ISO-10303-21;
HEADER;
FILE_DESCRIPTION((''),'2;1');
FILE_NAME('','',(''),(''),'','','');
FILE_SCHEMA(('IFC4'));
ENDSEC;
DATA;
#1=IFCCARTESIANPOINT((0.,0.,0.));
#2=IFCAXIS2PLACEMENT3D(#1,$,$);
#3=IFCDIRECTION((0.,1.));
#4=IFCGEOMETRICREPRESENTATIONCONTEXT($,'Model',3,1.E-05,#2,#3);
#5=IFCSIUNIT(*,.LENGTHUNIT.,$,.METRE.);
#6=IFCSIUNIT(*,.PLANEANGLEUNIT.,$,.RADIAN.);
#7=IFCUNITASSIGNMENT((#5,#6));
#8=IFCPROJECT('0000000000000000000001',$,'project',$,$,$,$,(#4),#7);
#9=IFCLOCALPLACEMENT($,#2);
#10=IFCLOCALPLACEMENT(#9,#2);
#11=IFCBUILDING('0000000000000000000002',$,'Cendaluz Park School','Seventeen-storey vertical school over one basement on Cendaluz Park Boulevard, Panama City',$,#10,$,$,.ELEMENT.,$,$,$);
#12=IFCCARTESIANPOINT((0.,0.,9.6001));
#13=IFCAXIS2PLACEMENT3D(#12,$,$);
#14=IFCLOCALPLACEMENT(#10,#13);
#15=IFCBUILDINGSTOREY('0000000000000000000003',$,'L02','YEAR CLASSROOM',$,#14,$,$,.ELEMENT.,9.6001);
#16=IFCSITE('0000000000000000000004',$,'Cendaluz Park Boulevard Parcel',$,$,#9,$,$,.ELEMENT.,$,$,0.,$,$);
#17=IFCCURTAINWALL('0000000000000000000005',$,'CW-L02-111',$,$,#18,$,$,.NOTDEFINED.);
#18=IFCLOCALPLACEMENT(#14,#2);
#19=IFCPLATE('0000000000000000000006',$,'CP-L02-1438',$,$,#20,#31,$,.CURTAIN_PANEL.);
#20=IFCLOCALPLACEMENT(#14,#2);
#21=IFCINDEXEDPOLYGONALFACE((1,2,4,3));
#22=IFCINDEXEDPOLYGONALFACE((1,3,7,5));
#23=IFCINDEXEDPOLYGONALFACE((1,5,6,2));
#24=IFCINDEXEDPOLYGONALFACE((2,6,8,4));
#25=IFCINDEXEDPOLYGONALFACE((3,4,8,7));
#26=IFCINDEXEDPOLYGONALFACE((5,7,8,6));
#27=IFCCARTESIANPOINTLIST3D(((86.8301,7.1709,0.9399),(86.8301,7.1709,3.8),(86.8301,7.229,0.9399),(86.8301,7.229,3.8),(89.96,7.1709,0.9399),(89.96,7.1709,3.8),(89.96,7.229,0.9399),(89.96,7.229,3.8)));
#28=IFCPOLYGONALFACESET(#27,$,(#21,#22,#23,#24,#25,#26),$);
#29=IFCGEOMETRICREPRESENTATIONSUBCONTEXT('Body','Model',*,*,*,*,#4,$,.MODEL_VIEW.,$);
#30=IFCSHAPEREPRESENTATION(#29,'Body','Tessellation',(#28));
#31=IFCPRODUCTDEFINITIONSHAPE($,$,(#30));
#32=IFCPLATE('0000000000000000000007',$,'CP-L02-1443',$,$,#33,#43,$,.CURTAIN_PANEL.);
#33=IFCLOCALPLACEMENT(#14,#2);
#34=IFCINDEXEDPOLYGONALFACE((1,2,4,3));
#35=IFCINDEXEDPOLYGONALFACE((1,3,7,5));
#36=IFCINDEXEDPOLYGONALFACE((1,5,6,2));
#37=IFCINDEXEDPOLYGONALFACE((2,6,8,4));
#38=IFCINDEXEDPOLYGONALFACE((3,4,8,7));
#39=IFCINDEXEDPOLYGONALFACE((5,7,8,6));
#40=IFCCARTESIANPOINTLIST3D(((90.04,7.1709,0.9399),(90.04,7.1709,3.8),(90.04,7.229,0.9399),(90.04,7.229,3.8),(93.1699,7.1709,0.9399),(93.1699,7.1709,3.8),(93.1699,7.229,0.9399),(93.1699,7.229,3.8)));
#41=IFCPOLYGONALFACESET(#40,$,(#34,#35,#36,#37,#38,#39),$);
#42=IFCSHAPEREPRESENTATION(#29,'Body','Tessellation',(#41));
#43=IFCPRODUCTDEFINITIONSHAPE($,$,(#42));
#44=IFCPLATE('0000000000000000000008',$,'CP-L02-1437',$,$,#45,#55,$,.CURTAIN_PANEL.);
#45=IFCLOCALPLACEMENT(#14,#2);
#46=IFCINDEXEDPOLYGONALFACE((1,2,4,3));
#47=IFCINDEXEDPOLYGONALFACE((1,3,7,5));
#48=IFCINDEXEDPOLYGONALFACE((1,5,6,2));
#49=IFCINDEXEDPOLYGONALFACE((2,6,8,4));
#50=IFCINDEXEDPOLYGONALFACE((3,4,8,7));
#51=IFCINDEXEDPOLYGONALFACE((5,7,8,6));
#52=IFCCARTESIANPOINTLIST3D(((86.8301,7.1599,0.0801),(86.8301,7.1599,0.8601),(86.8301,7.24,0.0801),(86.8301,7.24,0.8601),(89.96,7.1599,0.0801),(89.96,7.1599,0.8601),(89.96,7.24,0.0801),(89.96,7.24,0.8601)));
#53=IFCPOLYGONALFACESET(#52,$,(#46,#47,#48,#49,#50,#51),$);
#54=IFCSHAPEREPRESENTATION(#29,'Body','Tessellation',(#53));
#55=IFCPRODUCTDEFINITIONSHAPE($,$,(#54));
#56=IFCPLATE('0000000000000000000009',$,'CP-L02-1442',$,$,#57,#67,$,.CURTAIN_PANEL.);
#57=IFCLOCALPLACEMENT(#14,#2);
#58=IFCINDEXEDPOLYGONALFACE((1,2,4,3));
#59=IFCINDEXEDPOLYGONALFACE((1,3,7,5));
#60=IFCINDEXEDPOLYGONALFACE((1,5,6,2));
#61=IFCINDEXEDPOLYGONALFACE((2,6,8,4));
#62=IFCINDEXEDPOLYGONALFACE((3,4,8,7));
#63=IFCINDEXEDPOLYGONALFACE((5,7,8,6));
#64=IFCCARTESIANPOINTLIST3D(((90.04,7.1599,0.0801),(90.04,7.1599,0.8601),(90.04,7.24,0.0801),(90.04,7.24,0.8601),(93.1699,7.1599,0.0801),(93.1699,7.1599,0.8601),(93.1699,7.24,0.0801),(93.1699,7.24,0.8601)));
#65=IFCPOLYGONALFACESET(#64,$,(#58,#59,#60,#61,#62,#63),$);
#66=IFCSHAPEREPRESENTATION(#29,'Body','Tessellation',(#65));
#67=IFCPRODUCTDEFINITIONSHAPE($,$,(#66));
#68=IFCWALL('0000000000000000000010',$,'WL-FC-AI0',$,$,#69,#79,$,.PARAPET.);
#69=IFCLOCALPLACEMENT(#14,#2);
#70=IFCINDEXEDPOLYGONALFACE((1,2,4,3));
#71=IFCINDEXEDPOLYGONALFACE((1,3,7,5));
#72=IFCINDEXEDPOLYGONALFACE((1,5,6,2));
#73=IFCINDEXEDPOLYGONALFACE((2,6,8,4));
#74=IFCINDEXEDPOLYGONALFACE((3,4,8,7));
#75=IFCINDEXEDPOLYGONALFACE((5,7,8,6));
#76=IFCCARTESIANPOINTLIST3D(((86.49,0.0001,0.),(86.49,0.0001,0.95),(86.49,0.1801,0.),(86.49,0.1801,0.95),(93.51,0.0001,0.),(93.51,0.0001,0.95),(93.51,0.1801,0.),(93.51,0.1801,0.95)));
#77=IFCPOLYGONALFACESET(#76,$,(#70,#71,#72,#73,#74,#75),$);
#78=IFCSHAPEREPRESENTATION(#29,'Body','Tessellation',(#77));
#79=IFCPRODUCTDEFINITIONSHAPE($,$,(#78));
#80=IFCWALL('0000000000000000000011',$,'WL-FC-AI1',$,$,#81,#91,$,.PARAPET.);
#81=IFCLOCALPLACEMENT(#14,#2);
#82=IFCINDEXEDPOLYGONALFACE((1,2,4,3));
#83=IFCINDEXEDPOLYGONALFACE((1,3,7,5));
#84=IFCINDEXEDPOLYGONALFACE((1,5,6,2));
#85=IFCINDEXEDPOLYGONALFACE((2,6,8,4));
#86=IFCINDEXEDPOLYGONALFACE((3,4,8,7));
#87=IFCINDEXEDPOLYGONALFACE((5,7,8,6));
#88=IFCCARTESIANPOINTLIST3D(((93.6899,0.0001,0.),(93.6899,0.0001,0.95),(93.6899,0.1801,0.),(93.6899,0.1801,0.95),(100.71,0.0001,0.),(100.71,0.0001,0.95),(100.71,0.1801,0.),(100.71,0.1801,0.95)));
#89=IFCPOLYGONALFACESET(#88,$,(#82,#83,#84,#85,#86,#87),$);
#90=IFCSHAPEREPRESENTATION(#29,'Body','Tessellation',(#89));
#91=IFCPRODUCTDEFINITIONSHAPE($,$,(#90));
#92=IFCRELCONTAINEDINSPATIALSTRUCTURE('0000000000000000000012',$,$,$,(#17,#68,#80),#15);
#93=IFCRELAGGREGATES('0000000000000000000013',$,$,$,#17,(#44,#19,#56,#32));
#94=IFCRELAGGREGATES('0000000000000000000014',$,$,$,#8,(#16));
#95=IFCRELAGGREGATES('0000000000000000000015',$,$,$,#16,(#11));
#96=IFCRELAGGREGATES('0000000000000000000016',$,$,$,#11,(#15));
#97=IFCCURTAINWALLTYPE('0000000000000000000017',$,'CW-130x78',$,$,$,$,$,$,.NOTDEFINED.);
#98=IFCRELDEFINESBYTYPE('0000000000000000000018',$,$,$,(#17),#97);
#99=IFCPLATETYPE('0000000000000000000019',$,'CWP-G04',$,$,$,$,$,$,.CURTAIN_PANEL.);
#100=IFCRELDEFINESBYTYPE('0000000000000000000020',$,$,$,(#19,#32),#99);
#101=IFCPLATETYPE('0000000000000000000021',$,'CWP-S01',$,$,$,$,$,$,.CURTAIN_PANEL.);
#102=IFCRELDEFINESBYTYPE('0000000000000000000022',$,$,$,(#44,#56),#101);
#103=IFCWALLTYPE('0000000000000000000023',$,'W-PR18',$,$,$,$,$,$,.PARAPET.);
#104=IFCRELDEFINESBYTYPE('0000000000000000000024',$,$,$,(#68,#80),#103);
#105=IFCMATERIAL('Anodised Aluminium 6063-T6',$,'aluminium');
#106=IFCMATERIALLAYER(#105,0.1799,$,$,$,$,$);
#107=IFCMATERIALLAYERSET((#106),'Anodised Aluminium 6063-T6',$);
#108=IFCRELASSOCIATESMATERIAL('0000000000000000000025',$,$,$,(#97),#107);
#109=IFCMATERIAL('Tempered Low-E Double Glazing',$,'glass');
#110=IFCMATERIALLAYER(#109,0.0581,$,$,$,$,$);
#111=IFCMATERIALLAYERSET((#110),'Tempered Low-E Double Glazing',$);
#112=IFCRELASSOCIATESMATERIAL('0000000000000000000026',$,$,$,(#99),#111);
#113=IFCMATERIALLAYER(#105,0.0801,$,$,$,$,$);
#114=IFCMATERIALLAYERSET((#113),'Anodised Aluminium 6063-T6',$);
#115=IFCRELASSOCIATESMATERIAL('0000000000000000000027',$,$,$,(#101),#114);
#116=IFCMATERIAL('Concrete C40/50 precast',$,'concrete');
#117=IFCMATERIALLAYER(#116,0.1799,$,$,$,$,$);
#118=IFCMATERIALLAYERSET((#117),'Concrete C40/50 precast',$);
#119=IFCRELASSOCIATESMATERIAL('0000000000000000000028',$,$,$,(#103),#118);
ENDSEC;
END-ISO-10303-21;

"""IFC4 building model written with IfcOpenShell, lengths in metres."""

from ifc_helpers import new_model, si_unit, direction, frame, frame_2d, origin, origin_2d, place, context, subcontext, project, spatial, rectangle, extrude, material, layer, layer_set, type_object, element, aggregate, save


model = new_model("IFC4")

# Units and contexts
model_context = context("Model", 3, precision=1e-05, world=origin(), true_north=direction((0.0, 1.0)))
body_context = subcontext(model_context, "Body", "Model", "MODEL_VIEW")
ifc_project = project(units=[si_unit("LENGTHUNIT", "METRE"), si_unit("PLANEANGLEUNIT", "RADIAN")], contexts=[model_context])

# Site, building, storey
site_placement = place(None, origin())
site = spatial("IfcSite", under=ifc_project, at=site_placement, Name="Cendaluz Park Boulevard Parcel", CompositionType="ELEMENT", RefElevation=0.0)
building_placement = place(site_placement, origin())
building = spatial("IfcBuilding", under=site, at=building_placement, Name="Cendaluz Park School", Description="Seventeen-storey vertical school over one basement on Cendaluz Park Boulevard, Panama City", CompositionType="ELEMENT")
storey_placement = place(building_placement, frame((0.0, 0.0, 9.6001)))
storey = spatial("IfcBuildingStorey", under=building, at=storey_placement, Name="L02", Description="YEAR CLASSROOM", CompositionType="ELEMENT", Elevation=9.6001)

# Curtain wall, plates
ifc_material_1 = material(Name="Anodised Aluminium 6063-T6", Category="aluminium")
ifc_layer_1 = layer(ifc_material_1, 0.1799)
ifc_layer_set_1 = layer_set([ifc_layer_1], Name="Anodised Aluminium 6063-T6")
curtain_wall_type = type_object("IfcCurtainWallType", Name="CW-130x78", PredefinedType="NOTDEFINED", material=ifc_layer_set_1)
curtain_wall_placement = place(storey_placement, origin())
curtain_wall = element("IfcCurtainWall", 1, at=curtain_wall_placement, inside=storey, type_object=curtain_wall_type, Name="CW-L02-111", PredefinedType="NOTDEFINED")
ifc_material_2 = material(Name="Tempered Low-E Double Glazing", Category="glass")
ifc_layer_2 = layer(ifc_material_2, 0.0581)
ifc_layer_set_2 = layer_set([ifc_layer_2], Name="Tempered Low-E Double Glazing")
plate_type_1 = type_object("IfcPlateType", Name="CWP-G04", PredefinedType="CURTAIN_PANEL", material=ifc_layer_set_2)
plate_1_placement = place(storey_placement, frame((88.395, 7.2, 0.9399), z_axis=(0.0, 0.0, 1.0), x_axis=(1.0, 0.0, 0.0)))
plate_1 = element("IfcPlate", 2, at=plate_1_placement, type_object=plate_type_1, Name="CP-L02-1438", PredefinedType="CURTAIN_PANEL", context=body_context, shape_type="SweptSolid", body=[
    extrude(rectangle(XDim=3.1299, YDim=0.0581, at=origin_2d()), origin(), (0.0, 0.0, 1.0), 2.8601),
])
plate_2_placement = place(storey_placement, frame((91.605, 7.2, 0.9399), z_axis=(0.0, 0.0, 1.0), x_axis=(1.0, 0.0, 0.0)))
plate_2 = element("IfcPlate", 3, at=plate_2_placement, type_object=plate_type_1, Name="CP-L02-1443", PredefinedType="CURTAIN_PANEL", context=body_context, shape_type="SweptSolid", body=[
    extrude(rectangle(XDim=3.1299, YDim=0.0581, at=origin_2d()), origin(), (0.0, 0.0, 1.0), 2.8601),
])
ifc_layer_3 = layer(ifc_material_1, 0.0801)
ifc_layer_set_3 = layer_set([ifc_layer_3], Name="Anodised Aluminium 6063-T6")
plate_type_2 = type_object("IfcPlateType", Name="CWP-S01", PredefinedType="CURTAIN_PANEL", material=ifc_layer_set_3)
plate_3_placement = place(storey_placement, frame((88.395, 7.2, 0.0801), z_axis=(0.0, 0.0, 1.0), x_axis=(1.0, 0.0, 0.0)))
plate_3 = element("IfcPlate", 4, at=plate_3_placement, type_object=plate_type_2, Name="CP-L02-1437", PredefinedType="CURTAIN_PANEL", context=body_context, shape_type="SweptSolid", body=[
    extrude(rectangle(XDim=3.1299, YDim=0.0801, at=origin_2d()), origin(), (0.0, 0.0, 1.0), 0.78),
])
plate_4_placement = place(storey_placement, frame((91.605, 7.2, 0.0801), z_axis=(0.0, 0.0, 1.0), x_axis=(1.0, 0.0, 0.0)))
plate_4 = element("IfcPlate", 5, at=plate_4_placement, type_object=plate_type_2, Name="CP-L02-1442", PredefinedType="CURTAIN_PANEL", context=body_context, shape_type="SweptSolid", body=[
    extrude(rectangle(XDim=3.1299, YDim=0.0801, at=origin_2d()), origin(), (0.0, 0.0, 1.0), 0.78),
])
aggregate(curtain_wall, [plate_3, plate_1, plate_4, plate_2])

# Walls
ifc_material_3 = material(Name="Concrete C40/50 precast", Category="concrete")
ifc_layer_4 = layer(ifc_material_3, 0.1799)
ifc_layer_set_4 = layer_set([ifc_layer_4], Name="Concrete C40/50 precast")
wall_type = type_object("IfcWallType", Name="W-PR18", PredefinedType="PARAPET", material=ifc_layer_set_4)
for number, where, z_axis, x_axis, name in (
    (6, (86.49, 0.0901, 0.0), (0.0, 0.0, 1.0), (1.0, 0.0, 0.0), "WL-FC-AI0"),
    (7, (93.6899, 0.0901, 0.0), (0.0, 0.0, 1.0), (1.0, 0.0, 0.0), "WL-FC-AI1"),
):
    element("IfcWall", number, at=place(storey_placement, frame(where, z_axis=z_axis, x_axis=x_axis)), inside=storey, type_object=wall_type, Name=name, PredefinedType="PARAPET", context=body_context, shape_type="SweptSolid", body=[
        extrude(rectangle(XDim=7.02, YDim=0.1799, at=frame_2d((3.51, 0.0))), origin(), (0.0, 0.0, 1.0), 0.95),
    ])

save(model, "model.ifc")
